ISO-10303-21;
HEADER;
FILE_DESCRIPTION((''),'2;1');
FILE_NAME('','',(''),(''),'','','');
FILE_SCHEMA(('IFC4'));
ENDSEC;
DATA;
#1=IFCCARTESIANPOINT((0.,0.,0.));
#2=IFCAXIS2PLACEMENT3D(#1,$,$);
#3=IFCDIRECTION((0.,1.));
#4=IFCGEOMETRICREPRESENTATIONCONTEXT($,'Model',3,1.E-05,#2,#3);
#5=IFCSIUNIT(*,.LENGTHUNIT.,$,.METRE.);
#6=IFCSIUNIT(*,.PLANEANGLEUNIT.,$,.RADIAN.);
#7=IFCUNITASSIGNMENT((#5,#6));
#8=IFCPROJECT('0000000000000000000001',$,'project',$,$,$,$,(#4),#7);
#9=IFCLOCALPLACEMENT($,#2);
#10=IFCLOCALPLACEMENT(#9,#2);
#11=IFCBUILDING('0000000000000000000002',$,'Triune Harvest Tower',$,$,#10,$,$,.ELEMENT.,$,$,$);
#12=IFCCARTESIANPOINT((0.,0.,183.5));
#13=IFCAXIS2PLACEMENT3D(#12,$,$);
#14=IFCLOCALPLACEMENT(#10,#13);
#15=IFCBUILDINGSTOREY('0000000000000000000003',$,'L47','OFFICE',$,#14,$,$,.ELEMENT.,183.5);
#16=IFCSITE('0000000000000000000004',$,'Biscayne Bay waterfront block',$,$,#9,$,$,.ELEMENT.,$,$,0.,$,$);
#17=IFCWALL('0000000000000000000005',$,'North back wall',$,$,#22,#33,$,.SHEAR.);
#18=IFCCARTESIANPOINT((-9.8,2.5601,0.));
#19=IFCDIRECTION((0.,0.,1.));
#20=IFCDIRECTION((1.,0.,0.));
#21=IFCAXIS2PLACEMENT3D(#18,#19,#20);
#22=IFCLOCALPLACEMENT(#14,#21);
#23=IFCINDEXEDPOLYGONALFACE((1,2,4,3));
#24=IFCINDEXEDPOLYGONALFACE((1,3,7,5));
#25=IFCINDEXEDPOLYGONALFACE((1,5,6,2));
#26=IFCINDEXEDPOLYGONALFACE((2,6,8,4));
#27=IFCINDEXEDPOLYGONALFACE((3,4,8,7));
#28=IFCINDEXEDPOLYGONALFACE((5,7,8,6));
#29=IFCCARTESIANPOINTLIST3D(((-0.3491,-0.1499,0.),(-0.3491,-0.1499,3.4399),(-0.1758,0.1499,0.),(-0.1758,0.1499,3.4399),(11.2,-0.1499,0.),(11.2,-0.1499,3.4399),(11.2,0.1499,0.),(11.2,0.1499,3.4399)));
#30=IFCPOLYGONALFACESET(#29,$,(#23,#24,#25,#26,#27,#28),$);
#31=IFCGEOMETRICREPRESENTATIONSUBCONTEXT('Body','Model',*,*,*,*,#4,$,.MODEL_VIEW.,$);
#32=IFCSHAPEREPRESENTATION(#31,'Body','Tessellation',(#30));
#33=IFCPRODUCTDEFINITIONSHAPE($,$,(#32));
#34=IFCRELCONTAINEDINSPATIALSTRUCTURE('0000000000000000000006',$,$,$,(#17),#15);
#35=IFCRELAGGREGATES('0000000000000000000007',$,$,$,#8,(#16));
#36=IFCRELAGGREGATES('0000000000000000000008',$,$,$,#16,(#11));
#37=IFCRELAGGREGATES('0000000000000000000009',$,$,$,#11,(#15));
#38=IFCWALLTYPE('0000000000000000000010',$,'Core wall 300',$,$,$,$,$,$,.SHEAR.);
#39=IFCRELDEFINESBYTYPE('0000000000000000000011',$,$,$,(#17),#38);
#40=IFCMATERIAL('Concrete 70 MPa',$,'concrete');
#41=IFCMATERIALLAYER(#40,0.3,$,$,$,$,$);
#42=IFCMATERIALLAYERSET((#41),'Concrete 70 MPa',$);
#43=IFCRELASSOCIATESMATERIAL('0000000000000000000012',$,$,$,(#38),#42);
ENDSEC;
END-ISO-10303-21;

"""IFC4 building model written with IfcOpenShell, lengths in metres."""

from ifc_helpers import new_model, si_unit, direction, frame, origin, place, context, subcontext, project, spatial, polyline, outline, extrude, source, transform, mapped, material, layer, layer_set, type_object, element, save


model = new_model("IFC4")

# Units and contexts
model_context = context("Model", 3, precision=1e-05, world=origin(), true_north=direction((0.0, 1.0)))
body_context = subcontext(model_context, "Body", "Model", "MODEL_VIEW")
ifc_project = project(units=[si_unit("LENGTHUNIT", "METRE"), si_unit("PLANEANGLEUNIT", "RADIAN")], contexts=[model_context])

# Site, building, storey
site_placement = place(None, origin())
site = spatial("IfcSite", under=ifc_project, at=site_placement, Name="Biscayne Bay waterfront block", CompositionType="ELEMENT", RefElevation=0.0)
building_placement = place(site_placement, origin())
building = spatial("IfcBuilding", under=site, at=building_placement, Name="Triune Harvest Tower", CompositionType="ELEMENT")
storey_placement = place(building_placement, frame((0.0, 0.0, 183.5)))
storey = spatial("IfcBuildingStorey", under=building, at=storey_placement, Name="L47", Description="OFFICE", CompositionType="ELEMENT", Elevation=183.5)

# Shared definitions
ifc_material_1 = material(Name="Concrete 70 MPa", Category="concrete")
ifc_layer_1 = layer(ifc_material_1, 0.3)
ifc_layer_set_1 = layer_set([ifc_layer_1], Name="Concrete 70 MPa")
wall_type_1 = type_object("IfcWallType", Name="Core wall 300", PredefinedType="SHEAR", material=ifc_layer_set_1)

# Wall
shared_shape_1 = source(origin(), body_context, "Body", "SweptSolid", [
    extrude(outline(polyline([(11.2, -0.1499), (-0.3491, -0.1499), (-0.1758, 0.1499), (11.2, 0.1499), (11.2, -0.1499)])), origin(), (0.0, 0.0, 1.0), 3.4399),
])
wall_1_placement = place(storey_placement, frame((-9.8, 2.5601, 0.0), z_axis=(0.0, 0.0, 1.0), x_axis=(1.0, 0.0, 0.0)))
element("IfcWall", 1, at=wall_1_placement, inside=storey, type_object=wall_type_1, Name="North back wall", PredefinedType="SHEAR", context=body_context, shape_type="MappedRepresentation", body=[
    mapped(shared_shape_1, transform((0.0, 0.0, 0.0), scale=1.0)),
])

save(model, "model.ifc")
